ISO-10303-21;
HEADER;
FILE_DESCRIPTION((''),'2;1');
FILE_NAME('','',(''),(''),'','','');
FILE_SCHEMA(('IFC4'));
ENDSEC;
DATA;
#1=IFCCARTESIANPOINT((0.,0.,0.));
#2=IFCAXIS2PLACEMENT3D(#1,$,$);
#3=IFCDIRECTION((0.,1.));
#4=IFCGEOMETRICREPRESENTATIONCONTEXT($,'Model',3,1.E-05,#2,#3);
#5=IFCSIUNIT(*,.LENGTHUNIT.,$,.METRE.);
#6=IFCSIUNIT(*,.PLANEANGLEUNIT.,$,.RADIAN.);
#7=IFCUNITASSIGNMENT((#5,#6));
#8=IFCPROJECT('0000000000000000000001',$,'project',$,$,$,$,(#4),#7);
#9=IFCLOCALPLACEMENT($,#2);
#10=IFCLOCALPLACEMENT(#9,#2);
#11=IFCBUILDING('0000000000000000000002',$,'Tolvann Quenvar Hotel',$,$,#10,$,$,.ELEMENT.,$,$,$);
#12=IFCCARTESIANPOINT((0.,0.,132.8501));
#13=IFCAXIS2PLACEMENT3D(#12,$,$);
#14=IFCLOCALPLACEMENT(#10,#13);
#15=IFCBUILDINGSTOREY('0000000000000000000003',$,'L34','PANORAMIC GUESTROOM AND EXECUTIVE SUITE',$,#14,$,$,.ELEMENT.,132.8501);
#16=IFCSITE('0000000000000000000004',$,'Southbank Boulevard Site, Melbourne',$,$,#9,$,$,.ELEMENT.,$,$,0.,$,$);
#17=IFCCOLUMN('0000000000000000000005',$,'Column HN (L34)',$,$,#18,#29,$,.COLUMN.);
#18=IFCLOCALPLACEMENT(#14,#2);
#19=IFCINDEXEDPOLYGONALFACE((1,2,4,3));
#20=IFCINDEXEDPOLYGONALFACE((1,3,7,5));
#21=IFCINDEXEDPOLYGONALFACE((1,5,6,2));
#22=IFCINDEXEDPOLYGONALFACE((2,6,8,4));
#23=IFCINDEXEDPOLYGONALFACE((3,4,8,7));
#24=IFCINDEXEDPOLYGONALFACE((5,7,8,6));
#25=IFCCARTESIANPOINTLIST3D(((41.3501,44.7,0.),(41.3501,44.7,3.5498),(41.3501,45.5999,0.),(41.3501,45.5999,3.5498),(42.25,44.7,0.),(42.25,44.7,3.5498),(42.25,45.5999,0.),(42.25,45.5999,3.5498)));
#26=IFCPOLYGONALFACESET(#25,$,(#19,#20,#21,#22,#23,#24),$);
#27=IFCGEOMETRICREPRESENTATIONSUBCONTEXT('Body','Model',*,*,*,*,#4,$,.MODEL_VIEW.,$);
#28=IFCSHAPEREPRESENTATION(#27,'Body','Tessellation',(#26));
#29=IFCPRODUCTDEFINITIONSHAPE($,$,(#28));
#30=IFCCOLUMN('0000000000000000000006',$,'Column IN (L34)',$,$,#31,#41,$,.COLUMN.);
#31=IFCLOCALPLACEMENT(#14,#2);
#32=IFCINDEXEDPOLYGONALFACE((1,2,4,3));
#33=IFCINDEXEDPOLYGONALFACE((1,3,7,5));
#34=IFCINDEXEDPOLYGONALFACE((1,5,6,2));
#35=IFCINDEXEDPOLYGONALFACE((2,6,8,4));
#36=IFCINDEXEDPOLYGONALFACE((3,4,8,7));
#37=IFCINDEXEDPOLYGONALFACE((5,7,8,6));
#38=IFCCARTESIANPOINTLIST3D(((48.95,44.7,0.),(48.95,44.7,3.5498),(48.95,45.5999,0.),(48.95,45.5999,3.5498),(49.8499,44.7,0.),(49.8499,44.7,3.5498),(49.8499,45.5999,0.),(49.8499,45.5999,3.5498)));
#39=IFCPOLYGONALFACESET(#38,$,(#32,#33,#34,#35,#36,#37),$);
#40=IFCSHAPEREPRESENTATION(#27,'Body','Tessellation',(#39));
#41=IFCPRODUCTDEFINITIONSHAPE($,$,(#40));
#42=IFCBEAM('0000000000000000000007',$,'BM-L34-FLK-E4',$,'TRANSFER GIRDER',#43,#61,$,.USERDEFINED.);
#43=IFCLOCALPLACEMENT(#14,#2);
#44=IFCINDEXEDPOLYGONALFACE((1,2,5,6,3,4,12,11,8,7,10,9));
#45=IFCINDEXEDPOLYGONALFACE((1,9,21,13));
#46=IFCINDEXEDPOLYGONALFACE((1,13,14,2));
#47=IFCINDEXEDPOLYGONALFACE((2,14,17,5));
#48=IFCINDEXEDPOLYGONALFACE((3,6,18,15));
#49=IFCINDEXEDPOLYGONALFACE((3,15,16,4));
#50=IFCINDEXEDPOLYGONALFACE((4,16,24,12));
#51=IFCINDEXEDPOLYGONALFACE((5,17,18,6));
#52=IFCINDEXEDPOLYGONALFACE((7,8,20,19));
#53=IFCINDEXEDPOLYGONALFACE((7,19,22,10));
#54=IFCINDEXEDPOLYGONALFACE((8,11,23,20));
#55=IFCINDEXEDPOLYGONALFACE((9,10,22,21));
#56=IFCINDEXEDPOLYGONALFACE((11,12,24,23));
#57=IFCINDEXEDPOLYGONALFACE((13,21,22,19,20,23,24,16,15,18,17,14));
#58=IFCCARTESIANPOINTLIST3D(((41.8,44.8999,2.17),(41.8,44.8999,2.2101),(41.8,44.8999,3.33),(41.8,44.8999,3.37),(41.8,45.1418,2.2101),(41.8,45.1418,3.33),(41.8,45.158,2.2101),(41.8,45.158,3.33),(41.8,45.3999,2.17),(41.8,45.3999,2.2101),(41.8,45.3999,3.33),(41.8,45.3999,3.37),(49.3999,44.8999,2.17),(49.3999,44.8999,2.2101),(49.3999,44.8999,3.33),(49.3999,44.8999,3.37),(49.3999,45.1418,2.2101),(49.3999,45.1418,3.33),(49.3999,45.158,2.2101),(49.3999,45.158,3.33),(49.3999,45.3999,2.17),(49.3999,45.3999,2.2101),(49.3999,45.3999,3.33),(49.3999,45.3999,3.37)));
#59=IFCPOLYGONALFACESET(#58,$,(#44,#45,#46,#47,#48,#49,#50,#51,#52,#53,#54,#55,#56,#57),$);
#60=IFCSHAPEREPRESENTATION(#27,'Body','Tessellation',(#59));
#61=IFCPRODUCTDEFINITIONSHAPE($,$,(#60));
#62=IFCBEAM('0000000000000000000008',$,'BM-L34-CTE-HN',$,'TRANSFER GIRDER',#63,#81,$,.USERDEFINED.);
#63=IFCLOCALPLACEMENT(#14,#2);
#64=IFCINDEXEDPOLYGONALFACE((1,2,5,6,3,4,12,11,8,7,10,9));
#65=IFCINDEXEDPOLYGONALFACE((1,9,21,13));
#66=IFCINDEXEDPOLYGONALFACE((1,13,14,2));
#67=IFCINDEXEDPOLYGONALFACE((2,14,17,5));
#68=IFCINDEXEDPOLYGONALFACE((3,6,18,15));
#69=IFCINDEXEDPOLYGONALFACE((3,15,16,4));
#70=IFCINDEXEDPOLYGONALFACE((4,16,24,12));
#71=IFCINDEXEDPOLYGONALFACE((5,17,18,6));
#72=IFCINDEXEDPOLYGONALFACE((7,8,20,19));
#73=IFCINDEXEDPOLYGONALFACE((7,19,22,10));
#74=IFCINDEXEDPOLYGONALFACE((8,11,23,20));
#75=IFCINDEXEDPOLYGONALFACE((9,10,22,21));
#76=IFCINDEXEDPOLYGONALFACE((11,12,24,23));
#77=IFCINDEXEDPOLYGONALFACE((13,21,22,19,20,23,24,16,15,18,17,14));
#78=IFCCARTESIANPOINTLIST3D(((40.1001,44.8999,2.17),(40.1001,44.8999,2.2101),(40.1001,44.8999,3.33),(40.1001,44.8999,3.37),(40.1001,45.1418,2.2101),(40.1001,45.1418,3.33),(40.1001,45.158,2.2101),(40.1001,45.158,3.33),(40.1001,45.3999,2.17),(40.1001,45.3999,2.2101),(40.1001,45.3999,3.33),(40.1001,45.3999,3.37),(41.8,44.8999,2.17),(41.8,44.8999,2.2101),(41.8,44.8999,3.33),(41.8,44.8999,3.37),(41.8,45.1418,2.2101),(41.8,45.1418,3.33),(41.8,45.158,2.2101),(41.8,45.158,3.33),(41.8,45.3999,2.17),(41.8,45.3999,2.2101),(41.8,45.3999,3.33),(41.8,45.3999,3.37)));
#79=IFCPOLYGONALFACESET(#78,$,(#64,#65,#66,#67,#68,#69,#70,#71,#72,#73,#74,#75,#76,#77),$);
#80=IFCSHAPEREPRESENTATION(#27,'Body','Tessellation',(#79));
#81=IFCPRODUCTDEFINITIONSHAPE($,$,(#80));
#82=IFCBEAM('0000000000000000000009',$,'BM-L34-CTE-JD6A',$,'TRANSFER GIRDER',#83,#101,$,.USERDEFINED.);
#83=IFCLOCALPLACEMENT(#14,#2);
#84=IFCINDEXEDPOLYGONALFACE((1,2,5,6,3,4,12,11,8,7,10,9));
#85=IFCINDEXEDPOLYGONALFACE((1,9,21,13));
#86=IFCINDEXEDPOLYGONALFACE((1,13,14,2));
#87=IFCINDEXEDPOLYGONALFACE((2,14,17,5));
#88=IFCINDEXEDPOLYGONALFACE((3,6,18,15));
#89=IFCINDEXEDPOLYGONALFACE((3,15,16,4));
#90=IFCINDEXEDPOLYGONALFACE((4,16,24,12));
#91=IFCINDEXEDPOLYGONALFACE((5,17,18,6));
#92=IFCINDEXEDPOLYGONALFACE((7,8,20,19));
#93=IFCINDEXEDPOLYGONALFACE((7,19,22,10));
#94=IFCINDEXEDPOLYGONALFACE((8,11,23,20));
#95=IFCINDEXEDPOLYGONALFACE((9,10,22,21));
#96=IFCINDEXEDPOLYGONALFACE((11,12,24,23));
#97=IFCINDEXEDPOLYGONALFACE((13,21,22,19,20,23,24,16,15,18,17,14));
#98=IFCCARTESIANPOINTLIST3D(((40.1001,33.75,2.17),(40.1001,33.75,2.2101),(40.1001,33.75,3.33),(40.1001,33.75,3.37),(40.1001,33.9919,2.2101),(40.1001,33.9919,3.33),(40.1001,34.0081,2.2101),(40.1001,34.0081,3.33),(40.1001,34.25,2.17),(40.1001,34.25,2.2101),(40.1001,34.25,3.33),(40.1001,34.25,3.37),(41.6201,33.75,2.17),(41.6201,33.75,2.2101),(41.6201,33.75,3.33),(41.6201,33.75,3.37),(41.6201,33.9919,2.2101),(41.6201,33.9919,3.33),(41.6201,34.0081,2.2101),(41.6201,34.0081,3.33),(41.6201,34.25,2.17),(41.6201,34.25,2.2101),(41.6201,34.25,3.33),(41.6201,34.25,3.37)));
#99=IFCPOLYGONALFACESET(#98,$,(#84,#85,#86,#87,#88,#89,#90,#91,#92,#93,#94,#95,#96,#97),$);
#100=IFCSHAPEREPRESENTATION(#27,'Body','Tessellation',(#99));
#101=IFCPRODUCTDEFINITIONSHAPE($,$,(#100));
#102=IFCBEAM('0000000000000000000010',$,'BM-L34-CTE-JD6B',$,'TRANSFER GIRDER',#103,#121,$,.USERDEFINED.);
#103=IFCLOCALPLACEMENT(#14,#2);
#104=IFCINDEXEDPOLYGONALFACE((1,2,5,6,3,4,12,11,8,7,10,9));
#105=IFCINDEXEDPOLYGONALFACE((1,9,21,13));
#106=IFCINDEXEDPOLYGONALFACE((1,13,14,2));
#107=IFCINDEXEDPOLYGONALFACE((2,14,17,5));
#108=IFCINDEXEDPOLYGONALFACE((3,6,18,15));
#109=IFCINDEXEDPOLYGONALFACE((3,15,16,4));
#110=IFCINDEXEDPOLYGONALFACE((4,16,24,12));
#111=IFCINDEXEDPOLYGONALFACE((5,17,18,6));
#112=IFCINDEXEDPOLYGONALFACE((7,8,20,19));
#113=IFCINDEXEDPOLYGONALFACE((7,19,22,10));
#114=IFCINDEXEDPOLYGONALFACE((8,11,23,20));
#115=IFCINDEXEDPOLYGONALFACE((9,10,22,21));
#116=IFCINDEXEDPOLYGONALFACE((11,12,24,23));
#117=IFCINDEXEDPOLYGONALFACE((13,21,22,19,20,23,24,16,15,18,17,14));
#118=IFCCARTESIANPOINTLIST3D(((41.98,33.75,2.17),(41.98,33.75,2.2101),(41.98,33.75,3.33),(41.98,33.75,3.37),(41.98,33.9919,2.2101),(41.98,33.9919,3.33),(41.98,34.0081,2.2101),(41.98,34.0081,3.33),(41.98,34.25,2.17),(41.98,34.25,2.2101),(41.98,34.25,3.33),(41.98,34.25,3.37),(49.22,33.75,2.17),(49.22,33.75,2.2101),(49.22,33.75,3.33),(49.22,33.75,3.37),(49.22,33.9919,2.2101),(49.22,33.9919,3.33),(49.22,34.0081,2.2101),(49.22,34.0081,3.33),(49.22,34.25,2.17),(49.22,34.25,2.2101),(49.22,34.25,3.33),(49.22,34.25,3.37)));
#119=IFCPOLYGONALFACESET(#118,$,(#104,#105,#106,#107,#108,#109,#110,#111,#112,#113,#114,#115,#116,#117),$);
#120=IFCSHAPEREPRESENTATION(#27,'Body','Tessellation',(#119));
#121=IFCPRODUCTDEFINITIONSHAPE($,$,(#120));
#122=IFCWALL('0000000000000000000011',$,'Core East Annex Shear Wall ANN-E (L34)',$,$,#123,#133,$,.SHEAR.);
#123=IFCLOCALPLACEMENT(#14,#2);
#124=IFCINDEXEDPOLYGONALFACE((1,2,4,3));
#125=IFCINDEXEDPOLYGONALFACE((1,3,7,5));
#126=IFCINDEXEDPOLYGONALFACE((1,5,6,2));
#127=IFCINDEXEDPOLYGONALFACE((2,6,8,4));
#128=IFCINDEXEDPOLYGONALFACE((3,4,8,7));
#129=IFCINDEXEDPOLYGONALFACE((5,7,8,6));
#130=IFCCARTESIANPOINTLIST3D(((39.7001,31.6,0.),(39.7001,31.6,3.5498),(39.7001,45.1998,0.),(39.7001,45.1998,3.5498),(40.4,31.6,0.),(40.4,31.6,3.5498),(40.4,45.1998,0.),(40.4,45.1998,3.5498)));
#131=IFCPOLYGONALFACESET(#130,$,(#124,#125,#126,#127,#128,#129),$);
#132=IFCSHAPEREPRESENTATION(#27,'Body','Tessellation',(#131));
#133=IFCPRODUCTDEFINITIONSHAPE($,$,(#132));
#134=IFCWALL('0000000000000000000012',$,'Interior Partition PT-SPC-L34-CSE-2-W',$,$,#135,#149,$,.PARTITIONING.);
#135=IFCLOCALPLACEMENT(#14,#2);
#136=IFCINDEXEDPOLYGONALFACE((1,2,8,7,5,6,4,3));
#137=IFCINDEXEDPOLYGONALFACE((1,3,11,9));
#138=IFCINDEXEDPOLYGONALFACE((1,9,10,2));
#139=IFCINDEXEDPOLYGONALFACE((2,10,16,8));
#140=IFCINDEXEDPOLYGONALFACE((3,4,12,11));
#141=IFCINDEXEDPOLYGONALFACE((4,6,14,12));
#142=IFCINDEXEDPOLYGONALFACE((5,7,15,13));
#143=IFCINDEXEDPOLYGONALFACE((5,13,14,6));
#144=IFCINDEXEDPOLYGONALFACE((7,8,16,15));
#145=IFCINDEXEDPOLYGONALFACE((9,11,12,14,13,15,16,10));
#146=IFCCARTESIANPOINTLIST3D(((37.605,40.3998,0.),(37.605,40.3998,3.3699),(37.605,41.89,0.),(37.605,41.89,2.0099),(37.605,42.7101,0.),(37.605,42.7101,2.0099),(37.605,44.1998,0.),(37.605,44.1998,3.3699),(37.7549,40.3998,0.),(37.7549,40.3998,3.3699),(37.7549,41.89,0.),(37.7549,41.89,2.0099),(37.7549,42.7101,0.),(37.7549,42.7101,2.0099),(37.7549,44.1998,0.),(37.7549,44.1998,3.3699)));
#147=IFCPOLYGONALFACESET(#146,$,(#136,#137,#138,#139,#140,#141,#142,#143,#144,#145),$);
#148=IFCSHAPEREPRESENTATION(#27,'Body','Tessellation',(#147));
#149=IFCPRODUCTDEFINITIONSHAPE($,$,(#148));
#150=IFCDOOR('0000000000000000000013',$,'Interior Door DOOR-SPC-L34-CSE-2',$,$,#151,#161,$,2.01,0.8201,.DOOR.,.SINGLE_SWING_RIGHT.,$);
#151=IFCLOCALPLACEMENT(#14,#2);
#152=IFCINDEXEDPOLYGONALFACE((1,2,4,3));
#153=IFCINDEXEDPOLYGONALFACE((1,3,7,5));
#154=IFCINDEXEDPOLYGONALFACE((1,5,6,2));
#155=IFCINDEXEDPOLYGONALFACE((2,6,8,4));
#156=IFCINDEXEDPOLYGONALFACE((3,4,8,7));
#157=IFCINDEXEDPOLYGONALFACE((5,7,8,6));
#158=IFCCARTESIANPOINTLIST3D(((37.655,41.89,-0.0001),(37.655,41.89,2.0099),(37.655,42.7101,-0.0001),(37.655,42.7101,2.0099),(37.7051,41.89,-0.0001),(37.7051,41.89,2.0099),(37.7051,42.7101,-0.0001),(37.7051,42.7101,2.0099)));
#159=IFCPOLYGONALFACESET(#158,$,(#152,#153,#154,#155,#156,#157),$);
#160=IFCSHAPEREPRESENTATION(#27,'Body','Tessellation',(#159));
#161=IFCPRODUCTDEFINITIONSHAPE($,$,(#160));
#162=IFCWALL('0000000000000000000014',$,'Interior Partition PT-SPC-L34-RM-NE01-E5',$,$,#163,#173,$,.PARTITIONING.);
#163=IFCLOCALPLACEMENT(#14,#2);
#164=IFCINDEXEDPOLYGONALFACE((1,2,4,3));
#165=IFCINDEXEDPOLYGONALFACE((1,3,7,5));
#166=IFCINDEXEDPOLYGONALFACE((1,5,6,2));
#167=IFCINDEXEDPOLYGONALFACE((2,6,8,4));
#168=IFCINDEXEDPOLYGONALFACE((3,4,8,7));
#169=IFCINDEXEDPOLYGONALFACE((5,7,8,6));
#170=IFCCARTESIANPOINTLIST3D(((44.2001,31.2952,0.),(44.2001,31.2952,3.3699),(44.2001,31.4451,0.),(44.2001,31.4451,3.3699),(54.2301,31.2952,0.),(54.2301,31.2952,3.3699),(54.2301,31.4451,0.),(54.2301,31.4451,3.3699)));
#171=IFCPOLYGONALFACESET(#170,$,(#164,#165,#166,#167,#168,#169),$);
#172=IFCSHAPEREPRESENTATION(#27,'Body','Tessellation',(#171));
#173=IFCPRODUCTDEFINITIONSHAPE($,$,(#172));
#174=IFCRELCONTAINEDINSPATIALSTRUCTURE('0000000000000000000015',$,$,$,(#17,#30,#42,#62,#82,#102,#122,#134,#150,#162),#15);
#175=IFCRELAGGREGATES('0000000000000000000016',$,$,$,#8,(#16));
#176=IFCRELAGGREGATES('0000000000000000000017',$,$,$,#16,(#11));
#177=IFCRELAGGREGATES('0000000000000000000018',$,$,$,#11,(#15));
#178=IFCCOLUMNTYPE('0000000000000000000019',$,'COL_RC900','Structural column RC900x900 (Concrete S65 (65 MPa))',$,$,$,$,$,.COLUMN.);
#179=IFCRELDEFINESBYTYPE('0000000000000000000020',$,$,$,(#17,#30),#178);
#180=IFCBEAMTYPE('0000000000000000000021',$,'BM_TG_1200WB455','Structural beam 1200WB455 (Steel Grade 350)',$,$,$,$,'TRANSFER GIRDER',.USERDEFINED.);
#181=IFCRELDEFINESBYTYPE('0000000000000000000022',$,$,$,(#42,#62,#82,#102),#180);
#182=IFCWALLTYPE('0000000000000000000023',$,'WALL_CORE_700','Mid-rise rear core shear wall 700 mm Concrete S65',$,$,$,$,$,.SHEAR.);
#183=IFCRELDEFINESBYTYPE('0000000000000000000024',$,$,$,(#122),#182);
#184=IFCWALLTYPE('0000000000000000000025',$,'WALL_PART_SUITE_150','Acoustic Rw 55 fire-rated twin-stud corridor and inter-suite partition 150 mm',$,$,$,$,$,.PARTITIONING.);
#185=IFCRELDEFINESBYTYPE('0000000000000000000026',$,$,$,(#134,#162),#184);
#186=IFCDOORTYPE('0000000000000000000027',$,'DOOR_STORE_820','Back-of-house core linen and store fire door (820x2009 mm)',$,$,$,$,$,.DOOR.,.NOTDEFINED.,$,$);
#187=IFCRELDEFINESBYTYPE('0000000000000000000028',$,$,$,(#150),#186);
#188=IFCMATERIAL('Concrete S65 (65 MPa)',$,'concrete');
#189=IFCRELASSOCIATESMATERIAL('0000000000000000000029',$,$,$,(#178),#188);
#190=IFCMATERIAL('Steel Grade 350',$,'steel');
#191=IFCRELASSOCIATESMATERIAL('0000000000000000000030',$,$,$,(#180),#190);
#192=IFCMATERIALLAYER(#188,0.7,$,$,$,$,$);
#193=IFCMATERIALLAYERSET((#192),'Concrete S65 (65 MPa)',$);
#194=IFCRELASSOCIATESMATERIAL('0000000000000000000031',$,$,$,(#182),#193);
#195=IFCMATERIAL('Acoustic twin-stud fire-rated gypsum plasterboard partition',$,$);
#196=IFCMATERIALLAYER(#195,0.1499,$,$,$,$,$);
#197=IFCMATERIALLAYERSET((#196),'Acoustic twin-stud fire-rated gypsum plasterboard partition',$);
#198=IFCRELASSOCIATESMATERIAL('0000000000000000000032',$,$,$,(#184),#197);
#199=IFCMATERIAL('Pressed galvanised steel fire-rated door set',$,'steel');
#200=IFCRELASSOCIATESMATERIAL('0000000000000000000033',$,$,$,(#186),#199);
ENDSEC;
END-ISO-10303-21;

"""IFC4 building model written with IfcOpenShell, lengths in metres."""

from ifc_helpers import new_model, si_unit, direction, frame, frame_2d, origin, origin_2d, place, context, subcontext, project, spatial, rectangle, i_section, extrude, source, transform, mapped, material, layer, layer_set, material_profile, profile_set, type_object, type_shapes, element, fill, save


model = new_model("IFC4")

# Units and contexts
model_context = context("Model", 3, precision=1e-05, world=origin(), true_north=direction((0.0, 1.0)))
body_context = subcontext(model_context, "Body", "Model", "MODEL_VIEW")
ifc_project = project(units=[si_unit("LENGTHUNIT", "METRE"), si_unit("PLANEANGLEUNIT", "RADIAN")], contexts=[model_context])

# Site, building, storey
site_placement = place(None, origin())
site = spatial("IfcSite", under=ifc_project, at=site_placement, Name="Southbank Boulevard Site, Melbourne", CompositionType="ELEMENT", RefElevation=0.0)
building_placement = place(site_placement, origin())
building = spatial("IfcBuilding", under=site, at=building_placement, Name="Tolvann Quenvar Hotel", CompositionType="ELEMENT")
storey_placement = place(building_placement, frame((0.0, 0.0, 132.8501)))
storey = spatial("IfcBuildingStorey", under=building, at=storey_placement, Name="L34", Description="PANORAMIC GUESTROOM AND EXECUTIVE SUITE", CompositionType="ELEMENT", Elevation=132.8501)

# Columns
ifc_material_1 = material(Name="Concrete S65 (65 MPa)", Category="concrete")
ifc_material_profile_1 = material_profile(ifc_material_1, rectangle(XDim=0.8999, YDim=0.8999, at=origin_2d()), Name="RC900x900")
ifc_profile_set_1 = profile_set([ifc_material_profile_1], Name="Concrete S65 (65 MPa)")
column_type = type_object("IfcColumnType", Name="COL_RC900", Description="Structural column RC900x900 (Concrete S65 (65 MPa))", PredefinedType="COLUMN", material=ifc_profile_set_1)
shared_shape_1 = source(origin(), body_context, "Body", "SweptSolid", [
    extrude(rectangle(XDim=0.8999, YDim=0.8999, at=origin_2d()), origin(), (0.0, 0.0, 1.0), 3.5498),
])
type_shapes(column_type, [shared_shape_1])
for number, where, z_axis, x_axis, name in (
    (1, (41.8, 45.1499, 0.0), (0.0, 0.0, 1.0), (1.0, 0.0, 0.0), "Column HN (L34)"),
    (2, (49.3999, 45.1499, 0.0), (0.0, 0.0, 1.0), (1.0, 0.0, 0.0), "Column IN (L34)"),
):
    element("IfcColumn", number, at=place(storey_placement, frame(where, z_axis=z_axis, x_axis=x_axis)), inside=storey, type_object=column_type, Name=name, PredefinedType="COLUMN", context=body_context, shape_type="MappedRepresentation", body=[
        mapped(shared_shape_1, transform((0.0, 0.0, 0.0), x_axis=(1.0, 0.0, 0.0), y_axis=(0.0, 1.0, 0.0), z_axis=(0.0, 0.0, 1.0), scale=1.0)),
    ])

# Beams
ifc_material_2 = material(Name="Steel Grade 350", Category="steel")
ifc_material_profile_2 = material_profile(ifc_material_2, i_section(OverallWidth=0.5, OverallDepth=1.2, WebThickness=0.0161, FlangeThickness=0.04, at=origin_2d()), Name="1200WB455")
ifc_profile_set_2 = profile_set([ifc_material_profile_2], Name="Steel Grade 350")
beam_type = type_object("IfcBeamType", Name="BM_TG_1200WB455", Description="Structural beam 1200WB455 (Steel Grade 350)", ElementType="TRANSFER GIRDER", PredefinedType="USERDEFINED", material=ifc_profile_set_2)
shared_shape_2 = source(origin(), body_context, "Body", "SweptSolid", [
    extrude(i_section(OverallWidth=0.5, OverallDepth=1.2, WebThickness=0.0161, FlangeThickness=0.04, at=origin_2d()), origin(), (0.0, 0.0, 1.0), 7.5999),
])
beam_1_placement = place(storey_placement, frame((49.3999, 45.1499, 2.77), z_axis=(-1.0, 0.0, 0.0), x_axis=(0.0, -1.0, 0.0)))
element("IfcBeam", 3, at=beam_1_placement, inside=storey, type_object=beam_type, Name="BM-L34-FLK-E4", ObjectType="TRANSFER GIRDER", PredefinedType="USERDEFINED", context=body_context, shape_type="MappedRepresentation", body=[
    mapped(shared_shape_2, transform((0.0, 0.0, 0.0), x_axis=(1.0, 0.0, 0.0), y_axis=(0.0, 1.0, 0.0), z_axis=(0.0, 0.0, 1.0), scale=1.0)),
])
shared_shape_3 = source(origin(), body_context, "Body", "SweptSolid", [
    extrude(i_section(OverallWidth=0.5, OverallDepth=1.2, WebThickness=0.0161, FlangeThickness=0.04, at=origin_2d()), origin(), (0.0, 0.0, 1.0), 1.7),
])
beam_2_placement = place(storey_placement, frame((40.1001, 45.1499, 2.77), z_axis=(1.0, 0.0, 0.0), x_axis=(0.0, 1.0, 0.0)))
element("IfcBeam", 4, at=beam_2_placement, inside=storey, type_object=beam_type, Name="BM-L34-CTE-HN", ObjectType="TRANSFER GIRDER", PredefinedType="USERDEFINED", context=body_context, shape_type="MappedRepresentation", body=[
    mapped(shared_shape_3, transform((0.0, 0.0, 0.0), x_axis=(1.0, 0.0, 0.0), y_axis=(0.0, 1.0, 0.0), z_axis=(0.0, 0.0, 1.0), scale=1.0)),
])
shared_shape_4 = source(origin(), body_context, "Body", "SweptSolid", [
    extrude(i_section(OverallWidth=0.5, OverallDepth=1.2, WebThickness=0.0161, FlangeThickness=0.04, at=origin_2d()), origin(), (0.0, 0.0, 1.0), 1.52),
])
beam_3_placement = place(storey_placement, frame((40.1001, 34.0, 2.77), z_axis=(1.0, 0.0, 0.0), x_axis=(0.0, 1.0, 0.0)))
element("IfcBeam", 5, at=beam_3_placement, inside=storey, type_object=beam_type, Name="BM-L34-CTE-JD6A", ObjectType="TRANSFER GIRDER", PredefinedType="USERDEFINED", context=body_context, shape_type="MappedRepresentation", body=[
    mapped(shared_shape_4, transform((0.0, 0.0, 0.0), x_axis=(1.0, 0.0, 0.0), y_axis=(0.0, 1.0, 0.0), z_axis=(0.0, 0.0, 1.0), scale=1.0)),
])
shared_shape_5 = source(origin(), body_context, "Body", "SweptSolid", [
    extrude(i_section(OverallWidth=0.5, OverallDepth=1.2, WebThickness=0.0161, FlangeThickness=0.04, at=origin_2d()), origin(), (0.0, 0.0, 1.0), 7.24),
])
type_shapes(beam_type, [shared_shape_2, shared_shape_3, shared_shape_4, shared_shape_5])
beam_4_placement = place(storey_placement, frame((41.98, 34.0, 2.77), z_axis=(1.0, 0.0, 0.0), x_axis=(0.0, 1.0, 0.0)))
element("IfcBeam", 6, at=beam_4_placement, inside=storey, type_object=beam_type, Name="BM-L34-CTE-JD6B", ObjectType="TRANSFER GIRDER", PredefinedType="USERDEFINED", context=body_context, shape_type="MappedRepresentation", body=[
    mapped(shared_shape_5, transform((0.0, 0.0, 0.0), x_axis=(1.0, 0.0, 0.0), y_axis=(0.0, 1.0, 0.0), z_axis=(0.0, 0.0, 1.0), scale=1.0)),
])

# Wall
ifc_layer_1 = layer(ifc_material_1, 0.7)
ifc_layer_set_1 = layer_set([ifc_layer_1], Name="Concrete S65 (65 MPa)")
wall_type_1 = type_object("IfcWallType", Name="WALL_CORE_700", Description="Mid-rise rear core shear wall 700 mm Concrete S65", PredefinedType="SHEAR", material=ifc_layer_set_1)
wall_1_placement = place(storey_placement, frame((40.05, 31.6001, 0.0), z_axis=(0.0, 0.0, 1.0), x_axis=(0.0, 1.0, 0.0)))
element("IfcWall", 7, at=wall_1_placement, inside=storey, type_object=wall_type_1, Name="Core East Annex Shear Wall ANN-E (L34)", PredefinedType="SHEAR", context=body_context, shape_type="SweptSolid", body=[
    extrude(rectangle(XDim=13.5999, YDim=0.7, at=frame_2d((6.7998, 0.0))), origin(), (0.0, 0.0, 1.0), 3.5498),
])

# Wall, opening, door
ifc_material_3 = material(Name="Acoustic twin-stud fire-rated gypsum plasterboard partition")
ifc_layer_2 = layer(ifc_material_3, 0.1499)
ifc_layer_set_2 = layer_set([ifc_layer_2], Name="Acoustic twin-stud fire-rated gypsum plasterboard partition")
wall_type_2 = type_object("IfcWallType", Name="WALL_PART_SUITE_150", Description="Acoustic Rw 55 fire-rated twin-stud corridor and inter-suite partition 150 mm", PredefinedType="PARTITIONING", material=ifc_layer_set_2)
wall_2_placement = place(storey_placement, frame((37.6799, 40.3999, 0.0), z_axis=(0.0, 0.0, 1.0), x_axis=(0.0, 1.0, 0.0)))
wall_2 = element("IfcWall", 8, at=wall_2_placement, inside=storey, type_object=wall_type_2, Name="Interior Partition PT-SPC-L34-CSE-2-W", PredefinedType="PARTITIONING", context=body_context, shape_type="SweptSolid", body=[
    extrude(rectangle(XDim=3.8, YDim=0.1499, at=frame_2d((1.8999, 0.0))), origin(), (0.0, 0.0, 1.0), 3.3699),
])
opening_1_placement = place(wall_2_placement, frame((1.49, 0.0, 0.0)))
opening_1 = element("IfcOpeningElement", 9, at=opening_1_placement, cuts=wall_2, PredefinedType="OPENING", context=body_context, shape_type="SweptSolid", body=[
    extrude(rectangle(XDim=0.8201, YDim=2.01, at=frame_2d((0.4102, 1.0049))), frame((0.0, 0.085, 0.0), z_axis=(0.0, -1.0, 0.0), x_axis=(1.0, 0.0, 0.0)), (0.0, 0.0, 1.0), 0.1699),
])
ifc_material_4 = material(Name="Pressed galvanised steel fire-rated door set", Category="steel")
door_type_1 = type_object("IfcDoorType", Name="DOOR_STORE_820", Description="Back-of-house core linen and store fire door (820x2009 mm)", OperationType="NOTDEFINED", PredefinedType="DOOR", material=ifc_material_4)
shared_shape_6 = source(origin(), body_context, "Body", "SweptSolid", [
    extrude(rectangle(XDim=0.8201, YDim=2.01, at=frame_2d((0.4102, 1.0049))), frame((0.0, 0.0249, 0.0), z_axis=(0.0, -1.0, 0.0), x_axis=(1.0, 0.0, 0.0)), (0.0, 0.0, 1.0), 0.05),
])
type_shapes(door_type_1, [shared_shape_6])
door_1_placement = place(opening_1_placement, origin())
door_1 = element("IfcDoor", 10, at=door_1_placement, inside=storey, type_object=door_type_1, Name="Interior Door DOOR-SPC-L34-CSE-2", OperationType="SINGLE_SWING_RIGHT", OverallHeight=2.01, OverallWidth=0.8201, PredefinedType="DOOR", context=body_context, shape_type="MappedRepresentation", body=[
    mapped(shared_shape_6, transform((0.0, 0.0, 0.0), x_axis=(1.0, 0.0, 0.0), y_axis=(0.0, 1.0, 0.0), z_axis=(0.0, 0.0, 1.0), scale=1.0)),
])
fill(opening_1, door_1)

# Wall
wall_3_placement = place(storey_placement, frame((44.2, 31.3701, 0.0), z_axis=(0.0, 0.0, 1.0), x_axis=(1.0, 0.0, 0.0)))
element("IfcWall", 11, at=wall_3_placement, inside=storey, type_object=wall_type_2, Name="Interior Partition PT-SPC-L34-RM-NE01-E5", PredefinedType="PARTITIONING", context=body_context, shape_type="SweptSolid", body=[
    extrude(rectangle(XDim=10.03, YDim=0.1499, at=frame_2d((5.0151, 0.0))), origin(), (0.0, 0.0, 1.0), 3.3699),
])

save(model, "model.ifc")
